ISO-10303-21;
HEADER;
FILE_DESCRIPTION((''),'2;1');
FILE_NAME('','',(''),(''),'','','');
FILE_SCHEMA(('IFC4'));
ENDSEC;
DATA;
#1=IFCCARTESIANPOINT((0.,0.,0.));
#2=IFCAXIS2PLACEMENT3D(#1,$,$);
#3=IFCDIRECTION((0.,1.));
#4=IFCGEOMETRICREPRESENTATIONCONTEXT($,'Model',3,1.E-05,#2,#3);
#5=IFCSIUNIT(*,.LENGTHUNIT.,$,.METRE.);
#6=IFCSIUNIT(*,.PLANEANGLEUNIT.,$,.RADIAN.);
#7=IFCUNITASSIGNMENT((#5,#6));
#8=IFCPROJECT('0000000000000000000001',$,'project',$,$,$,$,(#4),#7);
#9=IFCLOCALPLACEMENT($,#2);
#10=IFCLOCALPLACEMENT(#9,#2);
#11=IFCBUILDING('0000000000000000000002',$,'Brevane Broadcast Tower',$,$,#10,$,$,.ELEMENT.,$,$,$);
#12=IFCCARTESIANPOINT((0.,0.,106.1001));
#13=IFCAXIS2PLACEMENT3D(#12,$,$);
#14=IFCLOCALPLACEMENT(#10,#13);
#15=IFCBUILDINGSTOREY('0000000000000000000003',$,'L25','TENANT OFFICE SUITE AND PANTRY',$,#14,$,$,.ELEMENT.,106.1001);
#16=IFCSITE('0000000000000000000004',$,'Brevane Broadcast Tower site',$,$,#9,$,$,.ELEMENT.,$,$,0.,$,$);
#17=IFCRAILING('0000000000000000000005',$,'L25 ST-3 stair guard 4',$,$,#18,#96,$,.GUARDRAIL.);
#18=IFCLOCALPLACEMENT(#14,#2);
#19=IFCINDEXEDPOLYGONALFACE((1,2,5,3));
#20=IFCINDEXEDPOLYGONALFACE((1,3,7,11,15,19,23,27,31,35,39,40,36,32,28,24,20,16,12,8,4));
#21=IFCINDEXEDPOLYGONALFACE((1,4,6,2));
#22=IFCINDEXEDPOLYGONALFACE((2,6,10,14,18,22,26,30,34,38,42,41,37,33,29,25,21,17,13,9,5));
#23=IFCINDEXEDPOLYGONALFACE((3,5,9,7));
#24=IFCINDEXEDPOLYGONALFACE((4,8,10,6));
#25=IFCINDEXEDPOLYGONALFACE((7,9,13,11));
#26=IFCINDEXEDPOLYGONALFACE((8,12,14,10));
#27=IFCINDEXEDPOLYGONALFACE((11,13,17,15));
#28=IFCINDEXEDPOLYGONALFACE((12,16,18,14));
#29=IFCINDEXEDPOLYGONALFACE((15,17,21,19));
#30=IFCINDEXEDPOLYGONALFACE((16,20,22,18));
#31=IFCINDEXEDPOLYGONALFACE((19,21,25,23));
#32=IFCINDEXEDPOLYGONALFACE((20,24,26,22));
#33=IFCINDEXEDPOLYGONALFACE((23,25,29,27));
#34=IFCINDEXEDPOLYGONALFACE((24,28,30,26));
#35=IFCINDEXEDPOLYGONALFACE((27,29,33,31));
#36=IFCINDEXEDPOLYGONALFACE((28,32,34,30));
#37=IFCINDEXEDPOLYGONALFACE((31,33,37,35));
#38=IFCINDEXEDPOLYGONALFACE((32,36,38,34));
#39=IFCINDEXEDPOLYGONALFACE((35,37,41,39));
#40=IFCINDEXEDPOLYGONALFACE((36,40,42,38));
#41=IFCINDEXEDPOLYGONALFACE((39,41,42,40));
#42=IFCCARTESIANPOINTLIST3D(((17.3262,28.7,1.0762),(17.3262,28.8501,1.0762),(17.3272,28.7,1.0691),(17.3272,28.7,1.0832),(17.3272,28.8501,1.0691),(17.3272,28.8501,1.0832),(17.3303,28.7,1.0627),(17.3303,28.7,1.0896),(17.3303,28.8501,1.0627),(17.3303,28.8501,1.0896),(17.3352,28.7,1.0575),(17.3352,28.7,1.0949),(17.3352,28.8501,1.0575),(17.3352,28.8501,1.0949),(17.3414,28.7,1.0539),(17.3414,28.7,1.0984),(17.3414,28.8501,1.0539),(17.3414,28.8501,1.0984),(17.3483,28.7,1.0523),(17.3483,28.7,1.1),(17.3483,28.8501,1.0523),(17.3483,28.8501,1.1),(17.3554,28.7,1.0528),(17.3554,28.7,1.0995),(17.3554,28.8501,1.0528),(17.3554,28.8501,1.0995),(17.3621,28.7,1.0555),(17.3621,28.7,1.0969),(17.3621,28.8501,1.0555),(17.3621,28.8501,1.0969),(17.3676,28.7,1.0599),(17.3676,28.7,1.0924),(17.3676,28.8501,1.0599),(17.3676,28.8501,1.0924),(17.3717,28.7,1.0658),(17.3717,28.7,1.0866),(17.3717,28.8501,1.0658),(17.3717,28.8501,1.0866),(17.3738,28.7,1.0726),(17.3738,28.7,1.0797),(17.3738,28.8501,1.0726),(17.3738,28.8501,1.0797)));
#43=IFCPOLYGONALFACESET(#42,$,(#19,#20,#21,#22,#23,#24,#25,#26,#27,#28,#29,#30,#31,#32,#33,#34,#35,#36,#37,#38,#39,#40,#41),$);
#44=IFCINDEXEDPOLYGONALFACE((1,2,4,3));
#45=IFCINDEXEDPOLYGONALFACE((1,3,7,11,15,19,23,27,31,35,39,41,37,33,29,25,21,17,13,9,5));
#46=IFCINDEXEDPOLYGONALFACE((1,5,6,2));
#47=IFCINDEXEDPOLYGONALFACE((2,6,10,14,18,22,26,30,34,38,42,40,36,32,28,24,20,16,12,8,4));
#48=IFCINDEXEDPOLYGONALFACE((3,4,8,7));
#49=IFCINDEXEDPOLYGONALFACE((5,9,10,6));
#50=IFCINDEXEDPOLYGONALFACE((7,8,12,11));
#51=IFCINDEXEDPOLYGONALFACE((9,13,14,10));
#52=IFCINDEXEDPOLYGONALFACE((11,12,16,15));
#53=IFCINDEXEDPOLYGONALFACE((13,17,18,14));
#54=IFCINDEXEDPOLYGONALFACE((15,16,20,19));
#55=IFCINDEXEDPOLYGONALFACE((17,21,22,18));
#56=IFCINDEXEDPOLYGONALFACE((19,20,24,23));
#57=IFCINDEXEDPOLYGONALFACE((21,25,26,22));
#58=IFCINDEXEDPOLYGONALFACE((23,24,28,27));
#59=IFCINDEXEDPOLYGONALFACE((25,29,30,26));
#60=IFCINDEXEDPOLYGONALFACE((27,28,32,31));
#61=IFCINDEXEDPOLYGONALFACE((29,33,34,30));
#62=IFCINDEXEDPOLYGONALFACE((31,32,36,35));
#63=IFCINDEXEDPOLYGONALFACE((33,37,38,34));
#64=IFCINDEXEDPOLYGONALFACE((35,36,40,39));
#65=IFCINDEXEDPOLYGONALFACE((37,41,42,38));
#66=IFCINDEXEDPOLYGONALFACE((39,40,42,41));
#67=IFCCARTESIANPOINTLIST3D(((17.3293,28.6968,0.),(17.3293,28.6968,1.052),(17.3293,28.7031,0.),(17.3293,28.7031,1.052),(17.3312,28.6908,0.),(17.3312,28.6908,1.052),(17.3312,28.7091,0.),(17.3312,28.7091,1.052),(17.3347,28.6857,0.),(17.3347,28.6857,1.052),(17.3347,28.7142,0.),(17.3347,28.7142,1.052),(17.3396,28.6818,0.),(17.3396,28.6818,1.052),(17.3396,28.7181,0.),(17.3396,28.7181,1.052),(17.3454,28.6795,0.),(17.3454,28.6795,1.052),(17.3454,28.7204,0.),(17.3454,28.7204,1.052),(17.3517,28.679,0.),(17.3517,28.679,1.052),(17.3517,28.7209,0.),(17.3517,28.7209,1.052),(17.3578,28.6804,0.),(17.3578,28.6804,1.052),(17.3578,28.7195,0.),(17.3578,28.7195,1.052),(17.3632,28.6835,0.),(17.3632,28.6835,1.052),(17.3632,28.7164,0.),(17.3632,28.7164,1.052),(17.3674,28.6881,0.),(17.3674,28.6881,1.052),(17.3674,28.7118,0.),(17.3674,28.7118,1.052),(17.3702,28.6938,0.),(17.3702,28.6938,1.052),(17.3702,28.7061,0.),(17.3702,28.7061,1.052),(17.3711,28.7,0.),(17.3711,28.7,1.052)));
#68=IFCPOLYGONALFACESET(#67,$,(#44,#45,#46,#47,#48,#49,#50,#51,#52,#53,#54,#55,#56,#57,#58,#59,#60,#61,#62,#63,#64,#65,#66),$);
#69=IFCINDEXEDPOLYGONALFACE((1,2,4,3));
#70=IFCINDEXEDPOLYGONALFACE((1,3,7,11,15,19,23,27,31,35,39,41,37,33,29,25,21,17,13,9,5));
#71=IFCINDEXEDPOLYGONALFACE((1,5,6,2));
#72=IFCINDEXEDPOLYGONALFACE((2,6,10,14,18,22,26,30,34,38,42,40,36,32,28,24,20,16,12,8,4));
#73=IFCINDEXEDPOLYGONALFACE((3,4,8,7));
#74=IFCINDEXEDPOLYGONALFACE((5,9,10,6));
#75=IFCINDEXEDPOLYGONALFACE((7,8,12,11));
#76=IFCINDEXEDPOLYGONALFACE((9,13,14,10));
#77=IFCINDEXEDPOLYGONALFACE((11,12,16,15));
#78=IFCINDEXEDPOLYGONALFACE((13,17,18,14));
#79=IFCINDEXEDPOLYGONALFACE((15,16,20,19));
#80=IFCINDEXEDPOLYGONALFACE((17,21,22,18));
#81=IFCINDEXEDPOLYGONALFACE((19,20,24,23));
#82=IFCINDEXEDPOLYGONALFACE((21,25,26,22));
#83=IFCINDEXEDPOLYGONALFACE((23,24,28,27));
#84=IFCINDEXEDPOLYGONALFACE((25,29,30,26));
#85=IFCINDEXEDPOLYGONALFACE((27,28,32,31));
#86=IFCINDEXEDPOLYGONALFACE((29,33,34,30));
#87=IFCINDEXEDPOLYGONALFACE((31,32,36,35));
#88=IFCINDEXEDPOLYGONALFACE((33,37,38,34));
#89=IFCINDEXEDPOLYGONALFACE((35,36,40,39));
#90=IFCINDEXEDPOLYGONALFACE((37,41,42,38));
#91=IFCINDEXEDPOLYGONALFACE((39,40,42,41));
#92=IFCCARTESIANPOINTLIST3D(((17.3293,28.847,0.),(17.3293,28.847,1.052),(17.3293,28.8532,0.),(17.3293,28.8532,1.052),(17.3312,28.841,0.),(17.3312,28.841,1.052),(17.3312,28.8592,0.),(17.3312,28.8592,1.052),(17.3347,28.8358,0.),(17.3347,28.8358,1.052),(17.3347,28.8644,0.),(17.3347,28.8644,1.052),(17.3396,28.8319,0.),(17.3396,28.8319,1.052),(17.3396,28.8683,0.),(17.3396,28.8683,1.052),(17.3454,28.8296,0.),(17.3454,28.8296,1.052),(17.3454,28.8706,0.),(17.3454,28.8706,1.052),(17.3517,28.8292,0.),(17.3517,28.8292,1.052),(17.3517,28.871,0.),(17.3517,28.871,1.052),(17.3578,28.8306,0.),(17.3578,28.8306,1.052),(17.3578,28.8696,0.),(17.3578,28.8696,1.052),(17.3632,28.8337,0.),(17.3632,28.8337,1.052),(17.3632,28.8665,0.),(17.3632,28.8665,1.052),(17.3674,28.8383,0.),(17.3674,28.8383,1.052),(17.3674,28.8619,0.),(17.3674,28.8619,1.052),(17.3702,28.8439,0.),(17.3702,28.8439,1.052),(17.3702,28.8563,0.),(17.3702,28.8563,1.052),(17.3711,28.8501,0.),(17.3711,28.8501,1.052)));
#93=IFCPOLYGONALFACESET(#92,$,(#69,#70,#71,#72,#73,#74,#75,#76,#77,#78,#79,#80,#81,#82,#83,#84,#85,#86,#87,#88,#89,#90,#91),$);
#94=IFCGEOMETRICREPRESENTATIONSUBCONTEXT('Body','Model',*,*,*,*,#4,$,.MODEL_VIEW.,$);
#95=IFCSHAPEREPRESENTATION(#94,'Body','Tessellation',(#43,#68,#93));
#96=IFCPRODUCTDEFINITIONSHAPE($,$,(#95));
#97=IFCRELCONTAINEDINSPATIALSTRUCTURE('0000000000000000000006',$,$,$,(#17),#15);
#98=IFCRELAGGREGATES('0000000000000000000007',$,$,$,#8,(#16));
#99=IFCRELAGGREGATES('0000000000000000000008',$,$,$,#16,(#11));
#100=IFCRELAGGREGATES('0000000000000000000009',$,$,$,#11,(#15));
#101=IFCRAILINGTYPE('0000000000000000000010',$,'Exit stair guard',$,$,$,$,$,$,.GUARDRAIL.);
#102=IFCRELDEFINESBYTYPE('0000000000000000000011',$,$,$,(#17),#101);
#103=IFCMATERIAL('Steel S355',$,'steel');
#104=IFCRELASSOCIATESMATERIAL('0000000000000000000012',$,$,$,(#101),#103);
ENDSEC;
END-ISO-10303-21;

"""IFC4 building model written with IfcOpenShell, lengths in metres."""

from ifc_helpers import new_model, si_unit, direction, frame, origin, origin_2d, place, context, subcontext, project, spatial, circle, extrude, material, type_object, element, save


model = new_model("IFC4")

# Units and contexts
model_context = context("Model", 3, precision=1e-05, world=origin(), true_north=direction((0.0, 1.0)))
body_context = subcontext(model_context, "Body", "Model", "MODEL_VIEW")
ifc_project = project(units=[si_unit("LENGTHUNIT", "METRE"), si_unit("PLANEANGLEUNIT", "RADIAN")], contexts=[model_context])

# Site, building, storey
site_placement = place(None, origin())
site = spatial("IfcSite", under=ifc_project, at=site_placement, Name="Brevane Broadcast Tower site", CompositionType="ELEMENT", RefElevation=0.0)
building_placement = place(site_placement, origin())
building = spatial("IfcBuilding", under=site, at=building_placement, Name="Brevane Broadcast Tower", CompositionType="ELEMENT")
storey_placement = place(building_placement, frame((0.0, 0.0, 106.1001)))
storey = spatial("IfcBuildingStorey", under=building, at=storey_placement, Name="L25", Description="TENANT OFFICE SUITE AND PANTRY", CompositionType="ELEMENT", Elevation=106.1001)

# Railing
ifc_material_1 = material(Name="Steel S355", Category="steel")
railing_type_1 = type_object("IfcRailingType", Name="Exit stair guard", PredefinedType="GUARDRAIL", material=ifc_material_1)
railing_1_placement = place(storey_placement, frame((17.3501, 28.7, 0.0)))
element("IfcRailing", 1, at=railing_1_placement, inside=storey, type_object=railing_type_1, Name="L25 ST-3 stair guard 4", PredefinedType="GUARDRAIL", context=body_context, shape_type="SweptSolid", body=[
    extrude(circle(Radius=0.0239, at=origin_2d()), frame((0.0, 0.0, 1.0762), z_axis=(0.0, 1.0, 0.0), x_axis=(-1.0, 0.0, 0.0)), (0.0, 0.0, 1.0), 0.1501),
    extrude(circle(Radius=0.021, at=origin_2d()), origin(), (0.0, 0.0, 1.0), 1.052),
    extrude(circle(Radius=0.021, at=origin_2d()), frame((0.0, 0.1501, 0.0)), (0.0, 0.0, 1.0), 1.052),
])

save(model, "model.ifc")
